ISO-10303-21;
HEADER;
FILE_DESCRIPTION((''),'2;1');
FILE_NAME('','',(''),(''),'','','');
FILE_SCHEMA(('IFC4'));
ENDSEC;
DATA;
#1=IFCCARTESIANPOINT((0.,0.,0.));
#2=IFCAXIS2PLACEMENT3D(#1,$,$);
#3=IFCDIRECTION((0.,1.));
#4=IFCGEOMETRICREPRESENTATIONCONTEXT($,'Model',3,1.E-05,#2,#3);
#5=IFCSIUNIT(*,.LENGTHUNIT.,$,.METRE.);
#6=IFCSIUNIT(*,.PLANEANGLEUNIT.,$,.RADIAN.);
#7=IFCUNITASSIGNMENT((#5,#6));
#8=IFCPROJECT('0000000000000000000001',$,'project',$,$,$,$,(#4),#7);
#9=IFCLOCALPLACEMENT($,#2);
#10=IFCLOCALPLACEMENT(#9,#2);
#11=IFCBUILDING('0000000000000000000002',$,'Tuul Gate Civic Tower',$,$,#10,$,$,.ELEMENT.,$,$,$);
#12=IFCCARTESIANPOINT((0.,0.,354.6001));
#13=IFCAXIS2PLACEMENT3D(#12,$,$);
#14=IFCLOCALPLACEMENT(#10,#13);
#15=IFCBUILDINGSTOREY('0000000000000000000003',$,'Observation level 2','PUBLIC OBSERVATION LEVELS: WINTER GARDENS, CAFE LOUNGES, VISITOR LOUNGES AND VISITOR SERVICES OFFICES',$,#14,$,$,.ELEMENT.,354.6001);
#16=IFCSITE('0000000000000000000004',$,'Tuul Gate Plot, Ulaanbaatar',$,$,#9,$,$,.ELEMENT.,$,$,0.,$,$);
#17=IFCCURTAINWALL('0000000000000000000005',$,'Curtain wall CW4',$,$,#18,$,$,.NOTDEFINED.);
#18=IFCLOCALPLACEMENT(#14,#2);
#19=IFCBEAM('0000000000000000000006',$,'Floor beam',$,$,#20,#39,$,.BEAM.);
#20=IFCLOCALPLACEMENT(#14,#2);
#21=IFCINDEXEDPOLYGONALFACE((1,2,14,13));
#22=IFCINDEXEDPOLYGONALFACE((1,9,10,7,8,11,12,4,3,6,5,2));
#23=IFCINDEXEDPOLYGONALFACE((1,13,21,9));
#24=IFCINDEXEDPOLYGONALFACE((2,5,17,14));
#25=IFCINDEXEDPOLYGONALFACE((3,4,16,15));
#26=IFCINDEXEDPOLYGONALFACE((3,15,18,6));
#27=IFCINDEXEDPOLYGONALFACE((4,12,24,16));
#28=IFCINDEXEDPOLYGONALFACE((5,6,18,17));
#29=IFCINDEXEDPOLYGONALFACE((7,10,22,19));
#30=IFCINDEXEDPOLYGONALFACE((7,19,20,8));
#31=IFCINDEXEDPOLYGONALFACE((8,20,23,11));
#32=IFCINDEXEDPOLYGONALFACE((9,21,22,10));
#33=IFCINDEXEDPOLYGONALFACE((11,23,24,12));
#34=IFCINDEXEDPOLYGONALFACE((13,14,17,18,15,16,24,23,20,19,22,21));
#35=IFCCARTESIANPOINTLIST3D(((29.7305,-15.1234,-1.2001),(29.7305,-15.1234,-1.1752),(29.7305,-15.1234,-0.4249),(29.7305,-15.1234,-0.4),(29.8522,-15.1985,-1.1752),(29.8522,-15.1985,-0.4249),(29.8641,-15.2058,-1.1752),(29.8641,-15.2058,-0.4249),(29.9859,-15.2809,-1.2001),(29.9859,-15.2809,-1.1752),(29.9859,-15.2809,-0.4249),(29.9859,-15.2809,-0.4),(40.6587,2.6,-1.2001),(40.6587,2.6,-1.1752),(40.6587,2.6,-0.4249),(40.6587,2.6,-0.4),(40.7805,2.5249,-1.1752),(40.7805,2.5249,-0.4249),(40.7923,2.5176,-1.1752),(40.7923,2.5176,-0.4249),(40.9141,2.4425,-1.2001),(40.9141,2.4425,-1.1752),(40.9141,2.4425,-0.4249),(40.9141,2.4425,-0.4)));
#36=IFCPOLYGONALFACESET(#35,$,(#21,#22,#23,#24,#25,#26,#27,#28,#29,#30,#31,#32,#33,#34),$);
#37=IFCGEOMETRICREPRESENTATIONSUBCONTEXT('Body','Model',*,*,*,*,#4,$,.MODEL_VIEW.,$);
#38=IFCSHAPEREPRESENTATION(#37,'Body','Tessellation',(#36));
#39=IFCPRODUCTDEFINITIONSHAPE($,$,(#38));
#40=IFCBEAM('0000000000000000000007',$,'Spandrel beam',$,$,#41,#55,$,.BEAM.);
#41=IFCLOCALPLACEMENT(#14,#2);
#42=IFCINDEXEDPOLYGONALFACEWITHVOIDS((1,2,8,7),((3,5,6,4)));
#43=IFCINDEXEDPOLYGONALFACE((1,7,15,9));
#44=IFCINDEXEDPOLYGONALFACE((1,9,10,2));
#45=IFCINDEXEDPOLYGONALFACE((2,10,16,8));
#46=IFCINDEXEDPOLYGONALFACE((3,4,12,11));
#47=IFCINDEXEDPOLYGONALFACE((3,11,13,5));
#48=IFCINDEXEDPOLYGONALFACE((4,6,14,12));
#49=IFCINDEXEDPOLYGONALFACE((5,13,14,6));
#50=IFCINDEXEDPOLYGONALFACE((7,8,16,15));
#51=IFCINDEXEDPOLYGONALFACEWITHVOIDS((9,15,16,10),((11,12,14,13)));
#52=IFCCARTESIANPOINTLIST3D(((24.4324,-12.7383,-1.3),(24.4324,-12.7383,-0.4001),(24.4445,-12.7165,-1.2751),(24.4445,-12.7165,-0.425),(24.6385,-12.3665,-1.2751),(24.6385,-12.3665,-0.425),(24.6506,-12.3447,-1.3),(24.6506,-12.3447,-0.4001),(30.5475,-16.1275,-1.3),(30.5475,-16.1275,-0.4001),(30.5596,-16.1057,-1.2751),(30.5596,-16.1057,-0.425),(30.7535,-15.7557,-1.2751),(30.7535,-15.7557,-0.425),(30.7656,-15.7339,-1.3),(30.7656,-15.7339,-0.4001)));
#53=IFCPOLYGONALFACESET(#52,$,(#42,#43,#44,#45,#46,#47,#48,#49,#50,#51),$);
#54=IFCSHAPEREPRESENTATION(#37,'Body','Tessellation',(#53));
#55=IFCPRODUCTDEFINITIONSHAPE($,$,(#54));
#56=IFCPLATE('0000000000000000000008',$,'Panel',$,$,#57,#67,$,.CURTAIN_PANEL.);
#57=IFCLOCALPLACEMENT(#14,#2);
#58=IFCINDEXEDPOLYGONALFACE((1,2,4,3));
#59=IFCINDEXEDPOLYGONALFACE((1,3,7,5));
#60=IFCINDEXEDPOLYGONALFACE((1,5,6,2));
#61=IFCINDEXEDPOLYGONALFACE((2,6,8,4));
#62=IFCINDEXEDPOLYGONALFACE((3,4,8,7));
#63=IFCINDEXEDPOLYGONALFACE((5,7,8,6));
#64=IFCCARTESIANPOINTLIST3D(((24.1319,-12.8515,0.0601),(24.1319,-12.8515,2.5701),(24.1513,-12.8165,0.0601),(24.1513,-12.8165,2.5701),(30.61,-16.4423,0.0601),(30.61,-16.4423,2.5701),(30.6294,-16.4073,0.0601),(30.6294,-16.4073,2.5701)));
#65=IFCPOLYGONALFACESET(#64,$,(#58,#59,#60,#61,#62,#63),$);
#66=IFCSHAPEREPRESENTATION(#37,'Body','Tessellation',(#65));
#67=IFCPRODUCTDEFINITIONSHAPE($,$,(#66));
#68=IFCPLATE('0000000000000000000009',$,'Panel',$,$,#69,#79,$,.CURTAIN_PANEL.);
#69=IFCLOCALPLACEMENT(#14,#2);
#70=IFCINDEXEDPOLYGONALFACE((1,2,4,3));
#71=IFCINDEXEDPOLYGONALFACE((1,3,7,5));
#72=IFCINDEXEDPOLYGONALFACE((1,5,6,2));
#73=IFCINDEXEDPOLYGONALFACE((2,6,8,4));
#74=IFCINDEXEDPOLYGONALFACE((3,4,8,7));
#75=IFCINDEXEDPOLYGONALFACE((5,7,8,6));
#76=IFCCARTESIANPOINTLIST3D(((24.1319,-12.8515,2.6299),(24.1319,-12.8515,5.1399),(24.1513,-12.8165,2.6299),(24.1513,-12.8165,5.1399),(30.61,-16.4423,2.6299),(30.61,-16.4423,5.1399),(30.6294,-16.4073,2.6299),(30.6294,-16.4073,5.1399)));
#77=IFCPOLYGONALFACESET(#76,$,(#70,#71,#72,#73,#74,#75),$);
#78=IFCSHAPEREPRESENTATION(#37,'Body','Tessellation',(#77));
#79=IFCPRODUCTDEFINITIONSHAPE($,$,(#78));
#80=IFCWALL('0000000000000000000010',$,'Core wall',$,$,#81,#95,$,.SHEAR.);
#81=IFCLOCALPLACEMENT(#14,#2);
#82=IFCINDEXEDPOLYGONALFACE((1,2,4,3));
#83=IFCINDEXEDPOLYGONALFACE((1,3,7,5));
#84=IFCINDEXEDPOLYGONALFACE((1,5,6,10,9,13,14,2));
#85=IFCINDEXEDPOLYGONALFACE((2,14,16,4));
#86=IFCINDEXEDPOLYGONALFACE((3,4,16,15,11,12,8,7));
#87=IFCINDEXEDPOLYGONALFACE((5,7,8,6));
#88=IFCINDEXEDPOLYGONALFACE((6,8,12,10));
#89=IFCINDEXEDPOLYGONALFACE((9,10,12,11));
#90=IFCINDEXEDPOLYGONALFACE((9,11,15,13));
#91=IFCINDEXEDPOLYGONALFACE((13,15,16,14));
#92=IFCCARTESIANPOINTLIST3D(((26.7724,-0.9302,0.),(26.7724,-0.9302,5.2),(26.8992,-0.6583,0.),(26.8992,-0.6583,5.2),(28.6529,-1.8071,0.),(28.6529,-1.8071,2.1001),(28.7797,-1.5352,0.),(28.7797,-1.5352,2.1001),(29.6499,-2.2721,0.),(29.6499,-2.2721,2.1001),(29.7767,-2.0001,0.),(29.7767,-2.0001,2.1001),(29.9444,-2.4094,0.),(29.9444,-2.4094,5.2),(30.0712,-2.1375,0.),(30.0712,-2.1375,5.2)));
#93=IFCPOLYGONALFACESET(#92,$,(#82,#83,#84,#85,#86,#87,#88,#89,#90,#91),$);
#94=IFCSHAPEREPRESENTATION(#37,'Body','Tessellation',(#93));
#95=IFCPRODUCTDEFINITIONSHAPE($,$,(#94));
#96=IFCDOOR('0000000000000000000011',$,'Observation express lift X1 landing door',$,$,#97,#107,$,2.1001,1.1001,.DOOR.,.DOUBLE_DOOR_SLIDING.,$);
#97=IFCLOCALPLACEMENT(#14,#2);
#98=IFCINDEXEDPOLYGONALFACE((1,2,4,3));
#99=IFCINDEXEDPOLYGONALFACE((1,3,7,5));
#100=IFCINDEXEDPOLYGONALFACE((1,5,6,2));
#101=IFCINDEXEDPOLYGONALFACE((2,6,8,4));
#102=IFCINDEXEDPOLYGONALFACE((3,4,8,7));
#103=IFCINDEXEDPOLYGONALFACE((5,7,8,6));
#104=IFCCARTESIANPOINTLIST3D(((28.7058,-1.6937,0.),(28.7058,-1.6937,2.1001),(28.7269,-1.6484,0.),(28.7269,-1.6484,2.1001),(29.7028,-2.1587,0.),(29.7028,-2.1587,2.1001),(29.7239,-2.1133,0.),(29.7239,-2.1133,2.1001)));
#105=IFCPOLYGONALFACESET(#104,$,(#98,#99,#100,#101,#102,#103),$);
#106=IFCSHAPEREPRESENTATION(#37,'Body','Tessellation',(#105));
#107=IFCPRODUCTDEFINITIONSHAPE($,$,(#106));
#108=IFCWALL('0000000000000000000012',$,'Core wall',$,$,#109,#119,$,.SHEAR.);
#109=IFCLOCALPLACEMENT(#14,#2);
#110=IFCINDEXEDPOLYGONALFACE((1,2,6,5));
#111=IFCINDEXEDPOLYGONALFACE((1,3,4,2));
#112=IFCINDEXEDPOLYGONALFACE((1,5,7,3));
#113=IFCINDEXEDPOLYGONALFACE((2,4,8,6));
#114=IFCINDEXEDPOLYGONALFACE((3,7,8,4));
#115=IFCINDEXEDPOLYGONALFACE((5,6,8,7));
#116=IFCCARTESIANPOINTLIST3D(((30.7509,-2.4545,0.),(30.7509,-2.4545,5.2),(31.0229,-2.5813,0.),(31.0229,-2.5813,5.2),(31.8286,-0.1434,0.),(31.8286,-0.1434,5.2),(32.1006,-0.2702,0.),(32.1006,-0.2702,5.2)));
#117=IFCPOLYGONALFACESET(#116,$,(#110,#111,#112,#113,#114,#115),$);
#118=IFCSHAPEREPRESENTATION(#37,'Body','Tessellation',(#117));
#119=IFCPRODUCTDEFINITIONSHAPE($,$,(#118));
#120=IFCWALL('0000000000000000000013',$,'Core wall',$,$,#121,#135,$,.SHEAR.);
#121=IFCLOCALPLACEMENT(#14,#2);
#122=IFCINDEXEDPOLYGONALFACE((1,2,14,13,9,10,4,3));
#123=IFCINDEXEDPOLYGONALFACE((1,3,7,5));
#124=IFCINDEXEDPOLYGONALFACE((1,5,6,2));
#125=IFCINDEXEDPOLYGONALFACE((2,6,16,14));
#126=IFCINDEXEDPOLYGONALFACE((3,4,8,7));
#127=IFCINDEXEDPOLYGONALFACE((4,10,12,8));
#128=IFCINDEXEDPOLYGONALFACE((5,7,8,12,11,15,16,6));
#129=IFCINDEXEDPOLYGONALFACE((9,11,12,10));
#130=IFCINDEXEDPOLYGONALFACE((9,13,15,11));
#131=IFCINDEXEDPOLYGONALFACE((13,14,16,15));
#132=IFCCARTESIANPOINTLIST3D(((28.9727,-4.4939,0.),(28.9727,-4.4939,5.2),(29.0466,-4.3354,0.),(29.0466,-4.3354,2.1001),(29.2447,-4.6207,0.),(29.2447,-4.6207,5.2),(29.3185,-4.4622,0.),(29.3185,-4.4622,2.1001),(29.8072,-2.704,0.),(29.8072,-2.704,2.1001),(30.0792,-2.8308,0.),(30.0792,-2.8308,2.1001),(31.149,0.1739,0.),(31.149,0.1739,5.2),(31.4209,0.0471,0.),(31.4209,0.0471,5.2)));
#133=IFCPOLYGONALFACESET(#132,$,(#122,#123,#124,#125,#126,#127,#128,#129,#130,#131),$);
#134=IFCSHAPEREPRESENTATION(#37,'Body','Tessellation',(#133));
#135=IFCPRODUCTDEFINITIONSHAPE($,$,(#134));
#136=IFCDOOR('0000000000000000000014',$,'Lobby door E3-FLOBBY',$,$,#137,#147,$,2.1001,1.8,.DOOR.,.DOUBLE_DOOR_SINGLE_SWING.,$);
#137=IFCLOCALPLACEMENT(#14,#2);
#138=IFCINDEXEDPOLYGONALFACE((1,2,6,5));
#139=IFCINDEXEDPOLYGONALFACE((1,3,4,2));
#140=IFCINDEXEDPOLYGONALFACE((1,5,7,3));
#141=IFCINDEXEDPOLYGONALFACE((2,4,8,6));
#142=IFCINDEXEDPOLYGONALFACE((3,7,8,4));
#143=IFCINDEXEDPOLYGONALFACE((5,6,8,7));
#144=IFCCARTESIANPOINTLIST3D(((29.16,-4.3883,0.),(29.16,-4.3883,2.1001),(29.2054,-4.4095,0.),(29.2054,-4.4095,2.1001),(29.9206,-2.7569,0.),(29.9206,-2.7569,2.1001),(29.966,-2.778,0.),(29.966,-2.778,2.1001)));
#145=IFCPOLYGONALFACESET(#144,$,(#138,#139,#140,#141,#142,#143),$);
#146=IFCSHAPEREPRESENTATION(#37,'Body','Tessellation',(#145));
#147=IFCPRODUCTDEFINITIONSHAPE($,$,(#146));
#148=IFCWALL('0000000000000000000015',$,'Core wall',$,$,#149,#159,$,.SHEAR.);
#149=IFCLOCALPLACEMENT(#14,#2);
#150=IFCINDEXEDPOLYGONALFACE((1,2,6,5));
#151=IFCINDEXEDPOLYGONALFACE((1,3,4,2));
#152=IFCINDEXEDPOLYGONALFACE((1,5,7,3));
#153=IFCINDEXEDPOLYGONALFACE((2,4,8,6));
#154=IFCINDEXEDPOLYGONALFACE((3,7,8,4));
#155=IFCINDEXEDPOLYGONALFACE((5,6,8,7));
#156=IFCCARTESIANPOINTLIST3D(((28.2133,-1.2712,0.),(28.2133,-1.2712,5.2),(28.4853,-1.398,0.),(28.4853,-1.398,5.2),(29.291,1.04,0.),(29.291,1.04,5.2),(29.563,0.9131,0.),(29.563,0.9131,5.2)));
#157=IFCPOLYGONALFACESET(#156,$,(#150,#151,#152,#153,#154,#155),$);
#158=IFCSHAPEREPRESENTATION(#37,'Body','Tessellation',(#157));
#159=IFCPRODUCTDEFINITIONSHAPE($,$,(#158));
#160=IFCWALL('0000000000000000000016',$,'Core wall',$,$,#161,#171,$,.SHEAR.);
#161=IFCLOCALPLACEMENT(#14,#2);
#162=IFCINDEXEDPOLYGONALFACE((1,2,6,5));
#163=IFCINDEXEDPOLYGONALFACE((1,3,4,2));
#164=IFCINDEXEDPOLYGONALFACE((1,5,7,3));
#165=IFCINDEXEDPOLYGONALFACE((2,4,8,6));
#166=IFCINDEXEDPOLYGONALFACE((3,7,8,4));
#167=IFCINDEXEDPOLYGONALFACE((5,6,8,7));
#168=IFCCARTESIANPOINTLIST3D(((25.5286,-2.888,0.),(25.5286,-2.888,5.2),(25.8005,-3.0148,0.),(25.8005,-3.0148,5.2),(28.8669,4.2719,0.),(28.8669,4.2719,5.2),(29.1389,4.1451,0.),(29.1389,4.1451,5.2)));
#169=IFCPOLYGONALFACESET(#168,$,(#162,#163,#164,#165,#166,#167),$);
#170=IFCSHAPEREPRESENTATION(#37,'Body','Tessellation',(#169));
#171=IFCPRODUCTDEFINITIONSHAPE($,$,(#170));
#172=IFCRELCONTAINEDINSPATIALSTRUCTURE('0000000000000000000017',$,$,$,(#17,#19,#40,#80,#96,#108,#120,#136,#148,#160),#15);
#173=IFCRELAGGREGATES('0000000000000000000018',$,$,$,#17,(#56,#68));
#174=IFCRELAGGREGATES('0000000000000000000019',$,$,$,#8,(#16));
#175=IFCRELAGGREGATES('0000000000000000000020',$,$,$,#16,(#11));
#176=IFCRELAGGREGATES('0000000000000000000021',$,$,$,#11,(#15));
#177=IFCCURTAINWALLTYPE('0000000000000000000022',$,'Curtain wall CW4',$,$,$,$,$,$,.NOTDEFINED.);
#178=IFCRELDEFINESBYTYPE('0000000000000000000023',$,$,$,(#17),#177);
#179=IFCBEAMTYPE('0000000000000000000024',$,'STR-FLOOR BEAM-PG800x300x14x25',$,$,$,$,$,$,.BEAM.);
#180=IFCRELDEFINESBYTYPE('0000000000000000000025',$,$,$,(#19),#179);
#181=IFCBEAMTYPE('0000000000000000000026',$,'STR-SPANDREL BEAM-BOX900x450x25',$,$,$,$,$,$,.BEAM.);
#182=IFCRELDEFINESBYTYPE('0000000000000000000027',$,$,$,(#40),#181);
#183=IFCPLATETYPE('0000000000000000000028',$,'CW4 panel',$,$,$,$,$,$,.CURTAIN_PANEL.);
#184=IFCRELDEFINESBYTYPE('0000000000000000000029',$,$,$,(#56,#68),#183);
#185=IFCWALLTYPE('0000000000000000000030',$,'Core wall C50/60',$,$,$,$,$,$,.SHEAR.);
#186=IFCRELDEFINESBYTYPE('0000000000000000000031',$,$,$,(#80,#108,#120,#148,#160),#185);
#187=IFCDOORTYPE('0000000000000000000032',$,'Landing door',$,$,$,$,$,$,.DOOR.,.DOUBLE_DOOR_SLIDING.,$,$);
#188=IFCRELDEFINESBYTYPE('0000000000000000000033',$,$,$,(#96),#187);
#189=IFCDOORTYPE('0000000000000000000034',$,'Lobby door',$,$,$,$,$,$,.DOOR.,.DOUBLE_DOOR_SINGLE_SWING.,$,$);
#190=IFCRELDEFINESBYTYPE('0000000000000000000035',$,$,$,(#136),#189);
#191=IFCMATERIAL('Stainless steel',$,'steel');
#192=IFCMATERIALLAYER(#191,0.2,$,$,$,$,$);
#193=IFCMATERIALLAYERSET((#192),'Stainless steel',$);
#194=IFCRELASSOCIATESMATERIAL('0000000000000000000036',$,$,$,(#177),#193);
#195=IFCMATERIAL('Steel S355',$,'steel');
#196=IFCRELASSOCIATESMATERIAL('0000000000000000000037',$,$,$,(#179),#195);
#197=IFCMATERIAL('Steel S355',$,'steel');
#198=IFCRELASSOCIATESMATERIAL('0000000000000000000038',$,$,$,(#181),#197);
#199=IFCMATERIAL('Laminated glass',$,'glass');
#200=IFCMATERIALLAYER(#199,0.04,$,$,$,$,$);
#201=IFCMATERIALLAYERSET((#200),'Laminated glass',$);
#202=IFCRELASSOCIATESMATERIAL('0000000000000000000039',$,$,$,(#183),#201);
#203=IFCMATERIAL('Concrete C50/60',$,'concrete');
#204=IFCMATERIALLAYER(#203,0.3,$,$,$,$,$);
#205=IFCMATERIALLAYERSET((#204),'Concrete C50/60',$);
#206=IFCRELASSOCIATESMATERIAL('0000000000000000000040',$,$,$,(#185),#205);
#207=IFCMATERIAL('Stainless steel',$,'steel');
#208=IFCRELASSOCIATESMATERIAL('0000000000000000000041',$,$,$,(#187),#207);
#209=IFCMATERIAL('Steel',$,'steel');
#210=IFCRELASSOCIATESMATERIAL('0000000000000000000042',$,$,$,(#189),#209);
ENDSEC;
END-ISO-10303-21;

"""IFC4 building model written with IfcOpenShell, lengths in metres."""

from ifc_helpers import new_model, si_unit, direction, frame, frame_2d, origin, origin_2d, place, context, subcontext, project, spatial, rectangle, hollow_rectangle, i_section, extrude, material, layer, layer_set, material_profile, profile_set, type_object, element, fill, aggregate, save


model = new_model("IFC4")

# Units and contexts
model_context = context("Model", 3, precision=1e-05, world=origin(), true_north=direction((0.0, 1.0)))
body_context = subcontext(model_context, "Body", "Model", "MODEL_VIEW")
ifc_project = project(units=[si_unit("LENGTHUNIT", "METRE"), si_unit("PLANEANGLEUNIT", "RADIAN")], contexts=[model_context])

# Site, building, storey
site_placement = place(None, origin())
site = spatial("IfcSite", under=ifc_project, at=site_placement, Name="Tuul Gate Plot, Ulaanbaatar", CompositionType="ELEMENT", RefElevation=0.0)
building_placement = place(site_placement, origin())
building = spatial("IfcBuilding", under=site, at=building_placement, Name="Tuul Gate Civic Tower", CompositionType="ELEMENT")
storey_placement = place(building_placement, frame((0.0, 0.0, 354.6001)))
storey = spatial("IfcBuildingStorey", under=building, at=storey_placement, Name="Observation level 2", Description="PUBLIC OBSERVATION LEVELS: WINTER GARDENS, CAFE LOUNGES, VISITOR LOUNGES AND VISITOR SERVICES OFFICES", CompositionType="ELEMENT", Elevation=354.6001)

# Curtain wall
ifc_material_1 = material(Name="Stainless steel", Category="steel")
ifc_layer_1 = layer(ifc_material_1, 0.2)
ifc_layer_set_1 = layer_set([ifc_layer_1], Name="Stainless steel")
curtain_wall_type = type_object("IfcCurtainWallType", Name="Curtain wall CW4", PredefinedType="NOTDEFINED", material=ifc_layer_set_1)
curtain_wall_1_placement = place(storey_placement, origin())
curtain_wall_1 = element("IfcCurtainWall", 1, at=curtain_wall_1_placement, inside=storey, type_object=curtain_wall_type, Name="Curtain wall CW4", PredefinedType="NOTDEFINED")

# Beams
ifc_material_2 = material(Name="Steel S355", Category="steel")
ifc_material_profile_1 = material_profile(ifc_material_2, i_section(OverallWidth=0.3, OverallDepth=0.8, WebThickness=0.0139, FlangeThickness=0.0249, at=origin_2d()), Name="PG800x300x14x25")
ifc_profile_set_1 = profile_set([ifc_material_profile_1], Name="Steel S355")
beam_type_1 = type_object("IfcBeamType", Name="STR-FLOOR BEAM-PG800x300x14x25", PredefinedType="BEAM", material=ifc_profile_set_1)
beam_1_placement = place(storey_placement, frame((29.8582, -15.2021, -0.8), z_axis=(0.524847, 0.851197, 0.0), x_axis=(-0.851197, 0.524847, 0.0)))
element("IfcBeam", 2, at=beam_1_placement, inside=storey, type_object=beam_type_1, Name="Floor beam", PredefinedType="BEAM", context=body_context, shape_type="SweptSolid", body=[
    extrude(i_section(OverallWidth=0.3, OverallDepth=0.8, WebThickness=0.0139, FlangeThickness=0.0249, at=origin_2d()), origin(), (0.0, 0.0, 1.0), 20.8218),
])
ifc_material_3 = material(Name="Steel S355", Category="steel")
ifc_material_profile_2 = material_profile(ifc_material_3, hollow_rectangle(XDim=0.45, YDim=0.8999, WallThickness=0.0249, at=origin_2d()), Name="BOX900x450x25")
ifc_profile_set_2 = profile_set([ifc_material_profile_2], Name="Steel S355")
beam_type_2 = type_object("IfcBeamType", Name="STR-SPANDREL BEAM-BOX900x450x25", PredefinedType="BEAM", material=ifc_profile_set_2)
beam_2_placement = place(storey_placement, frame((24.5415, -12.5415, -0.8501), z_axis=(0.874646, -0.484762, 0.0), x_axis=(0.484762, 0.874646, 0.0)))
element("IfcBeam", 3, at=beam_2_placement, inside=storey, type_object=beam_type_2, Name="Spandrel beam", PredefinedType="BEAM", context=body_context, shape_type="SweptSolid", body=[
    extrude(hollow_rectangle(XDim=0.45, YDim=0.8999, WallThickness=0.0249, at=origin_2d()), origin(), (0.0, 0.0, 1.0), 6.9915),
])

# Plates
ifc_material_4 = material(Name="Laminated glass", Category="glass")
ifc_layer_2 = layer(ifc_material_4, 0.04)
ifc_layer_set_2 = layer_set([ifc_layer_2], Name="Laminated glass")
plate_type = type_object("IfcPlateType", Name="CW4 panel", PredefinedType="CURTAIN_PANEL", material=ifc_layer_set_2)
plate_1_placement = place(storey_placement, frame((27.3806, -14.6294, 0.0601), z_axis=(0.0, 0.0, 1.0), x_axis=(0.874621, -0.484808, 0.0)))
plate_1 = element("IfcPlate", 4, at=plate_1_placement, type_object=plate_type, Name="Panel", PredefinedType="CURTAIN_PANEL", context=body_context, shape_type="SweptSolid", body=[
    extrude(rectangle(XDim=7.4067, YDim=0.04, at=origin_2d()), origin(), (0.0, 0.0, 1.0), 2.51),
])
plate_2_placement = place(storey_placement, frame((27.3806, -14.6294, 2.6299), z_axis=(0.0, 0.0, 1.0), x_axis=(0.874621, -0.484808, 0.0)))
plate_2 = element("IfcPlate", 5, at=plate_2_placement, type_object=plate_type, Name="Panel", PredefinedType="CURTAIN_PANEL", context=body_context, shape_type="SweptSolid", body=[
    extrude(rectangle(XDim=7.4067, YDim=0.04, at=origin_2d()), origin(), (0.0, 0.0, 1.0), 2.51),
])
aggregate(curtain_wall_1, [plate_1, plate_2])

# Wall, opening, door
ifc_material_5 = material(Name="Concrete C50/60", Category="concrete")
ifc_layer_3 = layer(ifc_material_5, 0.3)
ifc_layer_set_3 = layer_set([ifc_layer_3], Name="Concrete C50/60")
wall_type_1 = type_object("IfcWallType", Name="Core wall C50/60", PredefinedType="SHEAR", material=ifc_layer_set_3)
wall_1_placement = place(storey_placement, frame((30.0078, -2.2734, 0.0), z_axis=(0.0, 0.0, 1.0), x_axis=(-0.906301, 0.422633, 0.0)))
wall_1 = element("IfcWall", 6, at=wall_1_placement, inside=storey, type_object=wall_type_1, Name="Core wall", PredefinedType="SHEAR", context=body_context, shape_type="SweptSolid", body=[
    extrude(rectangle(XDim=3.5, YDim=0.3, at=frame_2d((1.75, 0.0))), origin(), (0.0, 0.0, 1.0), 5.2),
])
opening_1_placement = place(wall_1_placement, frame((0.325, 0.0, 0.0)))
opening_1 = element("IfcOpeningElement", 7, at=opening_1_placement, cuts=wall_1, PredefinedType="OPENING", context=body_context, shape_type="SweptSolid", body=[
    extrude(rectangle(XDim=1.1001, YDim=2.1001, at=frame_2d((0.55, 1.05))), frame((0.0, 0.1602, 0.0), z_axis=(0.0, -1.0, 0.0), x_axis=(1.0, 0.0, 0.0)), (0.0, 0.0, 1.0), 0.3201),
])
ifc_material_6 = material(Name="Stainless steel", Category="steel")
door_type_1 = type_object("IfcDoorType", Name="Landing door", OperationType="DOUBLE_DOOR_SLIDING", PredefinedType="DOOR", material=ifc_material_6)
door_1_placement = place(opening_1_placement, origin())
door_1 = element("IfcDoor", 8, at=door_1_placement, inside=storey, type_object=door_type_1, Name="Observation express lift X1 landing door", OperationType="DOUBLE_DOOR_SLIDING", OverallHeight=2.1001, OverallWidth=1.1001, PredefinedType="DOOR", context=body_context, shape_type="SweptSolid", body=[
    extrude(rectangle(XDim=1.1001, YDim=2.1001, at=frame_2d((0.55, 1.05))), frame((0.0, 0.0249, 0.0), z_axis=(0.0, -1.0, 0.0), x_axis=(1.0, 0.0, 0.0)), (0.0, 0.0, 1.0), 0.05),
])
fill(opening_1, door_1)

# Wall
wall_2_placement = place(storey_placement, frame((30.887, -2.5178, 0.0), z_axis=(0.0, 0.0, 1.0), x_axis=(0.422613, 0.90631, 0.0)))
element("IfcWall", 9, at=wall_2_placement, inside=storey, type_object=wall_type_1, Name="Core wall", PredefinedType="SHEAR", context=body_context, shape_type="SweptSolid", body=[
    extrude(rectangle(XDim=2.55, YDim=0.3, at=frame_2d((1.2749, 0.0))), origin(), (0.0, 0.0, 1.0), 5.2),
])

# Wall, opening, door
wall_3_placement = place(storey_placement, frame((29.1086, -4.5574, 0.0), z_axis=(0.0, 0.0, 1.0), x_axis=(0.422566, 0.906332, 0.0)))
wall_3 = element("IfcWall", 10, at=wall_3_placement, inside=storey, type_object=wall_type_1, Name="Core wall", PredefinedType="SHEAR", context=body_context, shape_type="SweptSolid", body=[
    extrude(rectangle(XDim=5.1501, YDim=0.3, at=frame_2d((2.5752, 0.0))), origin(), (0.0, 0.0, 1.0), 5.2),
])
opening_2_placement = place(wall_3_placement, frame((0.175, 0.0, 0.0)))
opening_2 = element("IfcOpeningElement", 11, at=opening_2_placement, cuts=wall_3, PredefinedType="OPENING", context=body_context, shape_type="SweptSolid", body=[
    extrude(rectangle(XDim=1.8, YDim=2.1001, at=frame_2d((0.8999, 1.05))), frame((0.0, 0.1602, 0.0), z_axis=(0.0, -1.0, 0.0), x_axis=(1.0, 0.0, 0.0)), (0.0, 0.0, 1.0), 0.3201),
])
ifc_material_7 = material(Name="Steel", Category="steel")
door_type_2 = type_object("IfcDoorType", Name="Lobby door", OperationType="DOUBLE_DOOR_SINGLE_SWING", PredefinedType="DOOR", material=ifc_material_7)
door_2_placement = place(opening_2_placement, origin())
door_2 = element("IfcDoor", 12, at=door_2_placement, inside=storey, type_object=door_type_2, Name="Lobby door E3-FLOBBY", OperationType="DOUBLE_DOOR_SINGLE_SWING", OverallHeight=2.1001, OverallWidth=1.8, PredefinedType="DOOR", context=body_context, shape_type="SweptSolid", body=[
    extrude(rectangle(XDim=1.8, YDim=2.1001, at=frame_2d((0.8999, 1.05))), frame((0.0, 0.0249, 0.0), z_axis=(0.0, -1.0, 0.0), x_axis=(1.0, 0.0, 0.0)), (0.0, 0.0, 1.0), 0.05),
])
fill(opening_2, door_2)

# Walls
wall_4_placement = place(storey_placement, frame((28.3494, -1.3345, 0.0), z_axis=(0.0, 0.0, 1.0), x_axis=(0.422613, 0.90631, 0.0)))
element("IfcWall", 13, at=wall_4_placement, inside=storey, type_object=wall_type_1, Name="Core wall", PredefinedType="SHEAR", context=body_context, shape_type="SweptSolid", body=[
    extrude(rectangle(XDim=2.55, YDim=0.3, at=frame_2d((1.2749, 0.0))), origin(), (0.0, 0.0, 1.0), 5.2),
])
wall_5_placement = place(storey_placement, frame((25.6646, -2.9514, 0.0), z_axis=(0.0, 0.0, 1.0), x_axis=(0.422583, 0.906324, 0.0)))
element("IfcWall", 14, at=wall_5_placement, inside=storey, type_object=wall_type_1, Name="Core wall", PredefinedType="SHEAR", context=body_context, shape_type="SweptSolid", body=[
    extrude(rectangle(XDim=7.8999, YDim=0.3, at=frame_2d((3.95, 0.0))), origin(), (0.0, 0.0, 1.0), 5.2),
])

save(model, "model.ifc")
